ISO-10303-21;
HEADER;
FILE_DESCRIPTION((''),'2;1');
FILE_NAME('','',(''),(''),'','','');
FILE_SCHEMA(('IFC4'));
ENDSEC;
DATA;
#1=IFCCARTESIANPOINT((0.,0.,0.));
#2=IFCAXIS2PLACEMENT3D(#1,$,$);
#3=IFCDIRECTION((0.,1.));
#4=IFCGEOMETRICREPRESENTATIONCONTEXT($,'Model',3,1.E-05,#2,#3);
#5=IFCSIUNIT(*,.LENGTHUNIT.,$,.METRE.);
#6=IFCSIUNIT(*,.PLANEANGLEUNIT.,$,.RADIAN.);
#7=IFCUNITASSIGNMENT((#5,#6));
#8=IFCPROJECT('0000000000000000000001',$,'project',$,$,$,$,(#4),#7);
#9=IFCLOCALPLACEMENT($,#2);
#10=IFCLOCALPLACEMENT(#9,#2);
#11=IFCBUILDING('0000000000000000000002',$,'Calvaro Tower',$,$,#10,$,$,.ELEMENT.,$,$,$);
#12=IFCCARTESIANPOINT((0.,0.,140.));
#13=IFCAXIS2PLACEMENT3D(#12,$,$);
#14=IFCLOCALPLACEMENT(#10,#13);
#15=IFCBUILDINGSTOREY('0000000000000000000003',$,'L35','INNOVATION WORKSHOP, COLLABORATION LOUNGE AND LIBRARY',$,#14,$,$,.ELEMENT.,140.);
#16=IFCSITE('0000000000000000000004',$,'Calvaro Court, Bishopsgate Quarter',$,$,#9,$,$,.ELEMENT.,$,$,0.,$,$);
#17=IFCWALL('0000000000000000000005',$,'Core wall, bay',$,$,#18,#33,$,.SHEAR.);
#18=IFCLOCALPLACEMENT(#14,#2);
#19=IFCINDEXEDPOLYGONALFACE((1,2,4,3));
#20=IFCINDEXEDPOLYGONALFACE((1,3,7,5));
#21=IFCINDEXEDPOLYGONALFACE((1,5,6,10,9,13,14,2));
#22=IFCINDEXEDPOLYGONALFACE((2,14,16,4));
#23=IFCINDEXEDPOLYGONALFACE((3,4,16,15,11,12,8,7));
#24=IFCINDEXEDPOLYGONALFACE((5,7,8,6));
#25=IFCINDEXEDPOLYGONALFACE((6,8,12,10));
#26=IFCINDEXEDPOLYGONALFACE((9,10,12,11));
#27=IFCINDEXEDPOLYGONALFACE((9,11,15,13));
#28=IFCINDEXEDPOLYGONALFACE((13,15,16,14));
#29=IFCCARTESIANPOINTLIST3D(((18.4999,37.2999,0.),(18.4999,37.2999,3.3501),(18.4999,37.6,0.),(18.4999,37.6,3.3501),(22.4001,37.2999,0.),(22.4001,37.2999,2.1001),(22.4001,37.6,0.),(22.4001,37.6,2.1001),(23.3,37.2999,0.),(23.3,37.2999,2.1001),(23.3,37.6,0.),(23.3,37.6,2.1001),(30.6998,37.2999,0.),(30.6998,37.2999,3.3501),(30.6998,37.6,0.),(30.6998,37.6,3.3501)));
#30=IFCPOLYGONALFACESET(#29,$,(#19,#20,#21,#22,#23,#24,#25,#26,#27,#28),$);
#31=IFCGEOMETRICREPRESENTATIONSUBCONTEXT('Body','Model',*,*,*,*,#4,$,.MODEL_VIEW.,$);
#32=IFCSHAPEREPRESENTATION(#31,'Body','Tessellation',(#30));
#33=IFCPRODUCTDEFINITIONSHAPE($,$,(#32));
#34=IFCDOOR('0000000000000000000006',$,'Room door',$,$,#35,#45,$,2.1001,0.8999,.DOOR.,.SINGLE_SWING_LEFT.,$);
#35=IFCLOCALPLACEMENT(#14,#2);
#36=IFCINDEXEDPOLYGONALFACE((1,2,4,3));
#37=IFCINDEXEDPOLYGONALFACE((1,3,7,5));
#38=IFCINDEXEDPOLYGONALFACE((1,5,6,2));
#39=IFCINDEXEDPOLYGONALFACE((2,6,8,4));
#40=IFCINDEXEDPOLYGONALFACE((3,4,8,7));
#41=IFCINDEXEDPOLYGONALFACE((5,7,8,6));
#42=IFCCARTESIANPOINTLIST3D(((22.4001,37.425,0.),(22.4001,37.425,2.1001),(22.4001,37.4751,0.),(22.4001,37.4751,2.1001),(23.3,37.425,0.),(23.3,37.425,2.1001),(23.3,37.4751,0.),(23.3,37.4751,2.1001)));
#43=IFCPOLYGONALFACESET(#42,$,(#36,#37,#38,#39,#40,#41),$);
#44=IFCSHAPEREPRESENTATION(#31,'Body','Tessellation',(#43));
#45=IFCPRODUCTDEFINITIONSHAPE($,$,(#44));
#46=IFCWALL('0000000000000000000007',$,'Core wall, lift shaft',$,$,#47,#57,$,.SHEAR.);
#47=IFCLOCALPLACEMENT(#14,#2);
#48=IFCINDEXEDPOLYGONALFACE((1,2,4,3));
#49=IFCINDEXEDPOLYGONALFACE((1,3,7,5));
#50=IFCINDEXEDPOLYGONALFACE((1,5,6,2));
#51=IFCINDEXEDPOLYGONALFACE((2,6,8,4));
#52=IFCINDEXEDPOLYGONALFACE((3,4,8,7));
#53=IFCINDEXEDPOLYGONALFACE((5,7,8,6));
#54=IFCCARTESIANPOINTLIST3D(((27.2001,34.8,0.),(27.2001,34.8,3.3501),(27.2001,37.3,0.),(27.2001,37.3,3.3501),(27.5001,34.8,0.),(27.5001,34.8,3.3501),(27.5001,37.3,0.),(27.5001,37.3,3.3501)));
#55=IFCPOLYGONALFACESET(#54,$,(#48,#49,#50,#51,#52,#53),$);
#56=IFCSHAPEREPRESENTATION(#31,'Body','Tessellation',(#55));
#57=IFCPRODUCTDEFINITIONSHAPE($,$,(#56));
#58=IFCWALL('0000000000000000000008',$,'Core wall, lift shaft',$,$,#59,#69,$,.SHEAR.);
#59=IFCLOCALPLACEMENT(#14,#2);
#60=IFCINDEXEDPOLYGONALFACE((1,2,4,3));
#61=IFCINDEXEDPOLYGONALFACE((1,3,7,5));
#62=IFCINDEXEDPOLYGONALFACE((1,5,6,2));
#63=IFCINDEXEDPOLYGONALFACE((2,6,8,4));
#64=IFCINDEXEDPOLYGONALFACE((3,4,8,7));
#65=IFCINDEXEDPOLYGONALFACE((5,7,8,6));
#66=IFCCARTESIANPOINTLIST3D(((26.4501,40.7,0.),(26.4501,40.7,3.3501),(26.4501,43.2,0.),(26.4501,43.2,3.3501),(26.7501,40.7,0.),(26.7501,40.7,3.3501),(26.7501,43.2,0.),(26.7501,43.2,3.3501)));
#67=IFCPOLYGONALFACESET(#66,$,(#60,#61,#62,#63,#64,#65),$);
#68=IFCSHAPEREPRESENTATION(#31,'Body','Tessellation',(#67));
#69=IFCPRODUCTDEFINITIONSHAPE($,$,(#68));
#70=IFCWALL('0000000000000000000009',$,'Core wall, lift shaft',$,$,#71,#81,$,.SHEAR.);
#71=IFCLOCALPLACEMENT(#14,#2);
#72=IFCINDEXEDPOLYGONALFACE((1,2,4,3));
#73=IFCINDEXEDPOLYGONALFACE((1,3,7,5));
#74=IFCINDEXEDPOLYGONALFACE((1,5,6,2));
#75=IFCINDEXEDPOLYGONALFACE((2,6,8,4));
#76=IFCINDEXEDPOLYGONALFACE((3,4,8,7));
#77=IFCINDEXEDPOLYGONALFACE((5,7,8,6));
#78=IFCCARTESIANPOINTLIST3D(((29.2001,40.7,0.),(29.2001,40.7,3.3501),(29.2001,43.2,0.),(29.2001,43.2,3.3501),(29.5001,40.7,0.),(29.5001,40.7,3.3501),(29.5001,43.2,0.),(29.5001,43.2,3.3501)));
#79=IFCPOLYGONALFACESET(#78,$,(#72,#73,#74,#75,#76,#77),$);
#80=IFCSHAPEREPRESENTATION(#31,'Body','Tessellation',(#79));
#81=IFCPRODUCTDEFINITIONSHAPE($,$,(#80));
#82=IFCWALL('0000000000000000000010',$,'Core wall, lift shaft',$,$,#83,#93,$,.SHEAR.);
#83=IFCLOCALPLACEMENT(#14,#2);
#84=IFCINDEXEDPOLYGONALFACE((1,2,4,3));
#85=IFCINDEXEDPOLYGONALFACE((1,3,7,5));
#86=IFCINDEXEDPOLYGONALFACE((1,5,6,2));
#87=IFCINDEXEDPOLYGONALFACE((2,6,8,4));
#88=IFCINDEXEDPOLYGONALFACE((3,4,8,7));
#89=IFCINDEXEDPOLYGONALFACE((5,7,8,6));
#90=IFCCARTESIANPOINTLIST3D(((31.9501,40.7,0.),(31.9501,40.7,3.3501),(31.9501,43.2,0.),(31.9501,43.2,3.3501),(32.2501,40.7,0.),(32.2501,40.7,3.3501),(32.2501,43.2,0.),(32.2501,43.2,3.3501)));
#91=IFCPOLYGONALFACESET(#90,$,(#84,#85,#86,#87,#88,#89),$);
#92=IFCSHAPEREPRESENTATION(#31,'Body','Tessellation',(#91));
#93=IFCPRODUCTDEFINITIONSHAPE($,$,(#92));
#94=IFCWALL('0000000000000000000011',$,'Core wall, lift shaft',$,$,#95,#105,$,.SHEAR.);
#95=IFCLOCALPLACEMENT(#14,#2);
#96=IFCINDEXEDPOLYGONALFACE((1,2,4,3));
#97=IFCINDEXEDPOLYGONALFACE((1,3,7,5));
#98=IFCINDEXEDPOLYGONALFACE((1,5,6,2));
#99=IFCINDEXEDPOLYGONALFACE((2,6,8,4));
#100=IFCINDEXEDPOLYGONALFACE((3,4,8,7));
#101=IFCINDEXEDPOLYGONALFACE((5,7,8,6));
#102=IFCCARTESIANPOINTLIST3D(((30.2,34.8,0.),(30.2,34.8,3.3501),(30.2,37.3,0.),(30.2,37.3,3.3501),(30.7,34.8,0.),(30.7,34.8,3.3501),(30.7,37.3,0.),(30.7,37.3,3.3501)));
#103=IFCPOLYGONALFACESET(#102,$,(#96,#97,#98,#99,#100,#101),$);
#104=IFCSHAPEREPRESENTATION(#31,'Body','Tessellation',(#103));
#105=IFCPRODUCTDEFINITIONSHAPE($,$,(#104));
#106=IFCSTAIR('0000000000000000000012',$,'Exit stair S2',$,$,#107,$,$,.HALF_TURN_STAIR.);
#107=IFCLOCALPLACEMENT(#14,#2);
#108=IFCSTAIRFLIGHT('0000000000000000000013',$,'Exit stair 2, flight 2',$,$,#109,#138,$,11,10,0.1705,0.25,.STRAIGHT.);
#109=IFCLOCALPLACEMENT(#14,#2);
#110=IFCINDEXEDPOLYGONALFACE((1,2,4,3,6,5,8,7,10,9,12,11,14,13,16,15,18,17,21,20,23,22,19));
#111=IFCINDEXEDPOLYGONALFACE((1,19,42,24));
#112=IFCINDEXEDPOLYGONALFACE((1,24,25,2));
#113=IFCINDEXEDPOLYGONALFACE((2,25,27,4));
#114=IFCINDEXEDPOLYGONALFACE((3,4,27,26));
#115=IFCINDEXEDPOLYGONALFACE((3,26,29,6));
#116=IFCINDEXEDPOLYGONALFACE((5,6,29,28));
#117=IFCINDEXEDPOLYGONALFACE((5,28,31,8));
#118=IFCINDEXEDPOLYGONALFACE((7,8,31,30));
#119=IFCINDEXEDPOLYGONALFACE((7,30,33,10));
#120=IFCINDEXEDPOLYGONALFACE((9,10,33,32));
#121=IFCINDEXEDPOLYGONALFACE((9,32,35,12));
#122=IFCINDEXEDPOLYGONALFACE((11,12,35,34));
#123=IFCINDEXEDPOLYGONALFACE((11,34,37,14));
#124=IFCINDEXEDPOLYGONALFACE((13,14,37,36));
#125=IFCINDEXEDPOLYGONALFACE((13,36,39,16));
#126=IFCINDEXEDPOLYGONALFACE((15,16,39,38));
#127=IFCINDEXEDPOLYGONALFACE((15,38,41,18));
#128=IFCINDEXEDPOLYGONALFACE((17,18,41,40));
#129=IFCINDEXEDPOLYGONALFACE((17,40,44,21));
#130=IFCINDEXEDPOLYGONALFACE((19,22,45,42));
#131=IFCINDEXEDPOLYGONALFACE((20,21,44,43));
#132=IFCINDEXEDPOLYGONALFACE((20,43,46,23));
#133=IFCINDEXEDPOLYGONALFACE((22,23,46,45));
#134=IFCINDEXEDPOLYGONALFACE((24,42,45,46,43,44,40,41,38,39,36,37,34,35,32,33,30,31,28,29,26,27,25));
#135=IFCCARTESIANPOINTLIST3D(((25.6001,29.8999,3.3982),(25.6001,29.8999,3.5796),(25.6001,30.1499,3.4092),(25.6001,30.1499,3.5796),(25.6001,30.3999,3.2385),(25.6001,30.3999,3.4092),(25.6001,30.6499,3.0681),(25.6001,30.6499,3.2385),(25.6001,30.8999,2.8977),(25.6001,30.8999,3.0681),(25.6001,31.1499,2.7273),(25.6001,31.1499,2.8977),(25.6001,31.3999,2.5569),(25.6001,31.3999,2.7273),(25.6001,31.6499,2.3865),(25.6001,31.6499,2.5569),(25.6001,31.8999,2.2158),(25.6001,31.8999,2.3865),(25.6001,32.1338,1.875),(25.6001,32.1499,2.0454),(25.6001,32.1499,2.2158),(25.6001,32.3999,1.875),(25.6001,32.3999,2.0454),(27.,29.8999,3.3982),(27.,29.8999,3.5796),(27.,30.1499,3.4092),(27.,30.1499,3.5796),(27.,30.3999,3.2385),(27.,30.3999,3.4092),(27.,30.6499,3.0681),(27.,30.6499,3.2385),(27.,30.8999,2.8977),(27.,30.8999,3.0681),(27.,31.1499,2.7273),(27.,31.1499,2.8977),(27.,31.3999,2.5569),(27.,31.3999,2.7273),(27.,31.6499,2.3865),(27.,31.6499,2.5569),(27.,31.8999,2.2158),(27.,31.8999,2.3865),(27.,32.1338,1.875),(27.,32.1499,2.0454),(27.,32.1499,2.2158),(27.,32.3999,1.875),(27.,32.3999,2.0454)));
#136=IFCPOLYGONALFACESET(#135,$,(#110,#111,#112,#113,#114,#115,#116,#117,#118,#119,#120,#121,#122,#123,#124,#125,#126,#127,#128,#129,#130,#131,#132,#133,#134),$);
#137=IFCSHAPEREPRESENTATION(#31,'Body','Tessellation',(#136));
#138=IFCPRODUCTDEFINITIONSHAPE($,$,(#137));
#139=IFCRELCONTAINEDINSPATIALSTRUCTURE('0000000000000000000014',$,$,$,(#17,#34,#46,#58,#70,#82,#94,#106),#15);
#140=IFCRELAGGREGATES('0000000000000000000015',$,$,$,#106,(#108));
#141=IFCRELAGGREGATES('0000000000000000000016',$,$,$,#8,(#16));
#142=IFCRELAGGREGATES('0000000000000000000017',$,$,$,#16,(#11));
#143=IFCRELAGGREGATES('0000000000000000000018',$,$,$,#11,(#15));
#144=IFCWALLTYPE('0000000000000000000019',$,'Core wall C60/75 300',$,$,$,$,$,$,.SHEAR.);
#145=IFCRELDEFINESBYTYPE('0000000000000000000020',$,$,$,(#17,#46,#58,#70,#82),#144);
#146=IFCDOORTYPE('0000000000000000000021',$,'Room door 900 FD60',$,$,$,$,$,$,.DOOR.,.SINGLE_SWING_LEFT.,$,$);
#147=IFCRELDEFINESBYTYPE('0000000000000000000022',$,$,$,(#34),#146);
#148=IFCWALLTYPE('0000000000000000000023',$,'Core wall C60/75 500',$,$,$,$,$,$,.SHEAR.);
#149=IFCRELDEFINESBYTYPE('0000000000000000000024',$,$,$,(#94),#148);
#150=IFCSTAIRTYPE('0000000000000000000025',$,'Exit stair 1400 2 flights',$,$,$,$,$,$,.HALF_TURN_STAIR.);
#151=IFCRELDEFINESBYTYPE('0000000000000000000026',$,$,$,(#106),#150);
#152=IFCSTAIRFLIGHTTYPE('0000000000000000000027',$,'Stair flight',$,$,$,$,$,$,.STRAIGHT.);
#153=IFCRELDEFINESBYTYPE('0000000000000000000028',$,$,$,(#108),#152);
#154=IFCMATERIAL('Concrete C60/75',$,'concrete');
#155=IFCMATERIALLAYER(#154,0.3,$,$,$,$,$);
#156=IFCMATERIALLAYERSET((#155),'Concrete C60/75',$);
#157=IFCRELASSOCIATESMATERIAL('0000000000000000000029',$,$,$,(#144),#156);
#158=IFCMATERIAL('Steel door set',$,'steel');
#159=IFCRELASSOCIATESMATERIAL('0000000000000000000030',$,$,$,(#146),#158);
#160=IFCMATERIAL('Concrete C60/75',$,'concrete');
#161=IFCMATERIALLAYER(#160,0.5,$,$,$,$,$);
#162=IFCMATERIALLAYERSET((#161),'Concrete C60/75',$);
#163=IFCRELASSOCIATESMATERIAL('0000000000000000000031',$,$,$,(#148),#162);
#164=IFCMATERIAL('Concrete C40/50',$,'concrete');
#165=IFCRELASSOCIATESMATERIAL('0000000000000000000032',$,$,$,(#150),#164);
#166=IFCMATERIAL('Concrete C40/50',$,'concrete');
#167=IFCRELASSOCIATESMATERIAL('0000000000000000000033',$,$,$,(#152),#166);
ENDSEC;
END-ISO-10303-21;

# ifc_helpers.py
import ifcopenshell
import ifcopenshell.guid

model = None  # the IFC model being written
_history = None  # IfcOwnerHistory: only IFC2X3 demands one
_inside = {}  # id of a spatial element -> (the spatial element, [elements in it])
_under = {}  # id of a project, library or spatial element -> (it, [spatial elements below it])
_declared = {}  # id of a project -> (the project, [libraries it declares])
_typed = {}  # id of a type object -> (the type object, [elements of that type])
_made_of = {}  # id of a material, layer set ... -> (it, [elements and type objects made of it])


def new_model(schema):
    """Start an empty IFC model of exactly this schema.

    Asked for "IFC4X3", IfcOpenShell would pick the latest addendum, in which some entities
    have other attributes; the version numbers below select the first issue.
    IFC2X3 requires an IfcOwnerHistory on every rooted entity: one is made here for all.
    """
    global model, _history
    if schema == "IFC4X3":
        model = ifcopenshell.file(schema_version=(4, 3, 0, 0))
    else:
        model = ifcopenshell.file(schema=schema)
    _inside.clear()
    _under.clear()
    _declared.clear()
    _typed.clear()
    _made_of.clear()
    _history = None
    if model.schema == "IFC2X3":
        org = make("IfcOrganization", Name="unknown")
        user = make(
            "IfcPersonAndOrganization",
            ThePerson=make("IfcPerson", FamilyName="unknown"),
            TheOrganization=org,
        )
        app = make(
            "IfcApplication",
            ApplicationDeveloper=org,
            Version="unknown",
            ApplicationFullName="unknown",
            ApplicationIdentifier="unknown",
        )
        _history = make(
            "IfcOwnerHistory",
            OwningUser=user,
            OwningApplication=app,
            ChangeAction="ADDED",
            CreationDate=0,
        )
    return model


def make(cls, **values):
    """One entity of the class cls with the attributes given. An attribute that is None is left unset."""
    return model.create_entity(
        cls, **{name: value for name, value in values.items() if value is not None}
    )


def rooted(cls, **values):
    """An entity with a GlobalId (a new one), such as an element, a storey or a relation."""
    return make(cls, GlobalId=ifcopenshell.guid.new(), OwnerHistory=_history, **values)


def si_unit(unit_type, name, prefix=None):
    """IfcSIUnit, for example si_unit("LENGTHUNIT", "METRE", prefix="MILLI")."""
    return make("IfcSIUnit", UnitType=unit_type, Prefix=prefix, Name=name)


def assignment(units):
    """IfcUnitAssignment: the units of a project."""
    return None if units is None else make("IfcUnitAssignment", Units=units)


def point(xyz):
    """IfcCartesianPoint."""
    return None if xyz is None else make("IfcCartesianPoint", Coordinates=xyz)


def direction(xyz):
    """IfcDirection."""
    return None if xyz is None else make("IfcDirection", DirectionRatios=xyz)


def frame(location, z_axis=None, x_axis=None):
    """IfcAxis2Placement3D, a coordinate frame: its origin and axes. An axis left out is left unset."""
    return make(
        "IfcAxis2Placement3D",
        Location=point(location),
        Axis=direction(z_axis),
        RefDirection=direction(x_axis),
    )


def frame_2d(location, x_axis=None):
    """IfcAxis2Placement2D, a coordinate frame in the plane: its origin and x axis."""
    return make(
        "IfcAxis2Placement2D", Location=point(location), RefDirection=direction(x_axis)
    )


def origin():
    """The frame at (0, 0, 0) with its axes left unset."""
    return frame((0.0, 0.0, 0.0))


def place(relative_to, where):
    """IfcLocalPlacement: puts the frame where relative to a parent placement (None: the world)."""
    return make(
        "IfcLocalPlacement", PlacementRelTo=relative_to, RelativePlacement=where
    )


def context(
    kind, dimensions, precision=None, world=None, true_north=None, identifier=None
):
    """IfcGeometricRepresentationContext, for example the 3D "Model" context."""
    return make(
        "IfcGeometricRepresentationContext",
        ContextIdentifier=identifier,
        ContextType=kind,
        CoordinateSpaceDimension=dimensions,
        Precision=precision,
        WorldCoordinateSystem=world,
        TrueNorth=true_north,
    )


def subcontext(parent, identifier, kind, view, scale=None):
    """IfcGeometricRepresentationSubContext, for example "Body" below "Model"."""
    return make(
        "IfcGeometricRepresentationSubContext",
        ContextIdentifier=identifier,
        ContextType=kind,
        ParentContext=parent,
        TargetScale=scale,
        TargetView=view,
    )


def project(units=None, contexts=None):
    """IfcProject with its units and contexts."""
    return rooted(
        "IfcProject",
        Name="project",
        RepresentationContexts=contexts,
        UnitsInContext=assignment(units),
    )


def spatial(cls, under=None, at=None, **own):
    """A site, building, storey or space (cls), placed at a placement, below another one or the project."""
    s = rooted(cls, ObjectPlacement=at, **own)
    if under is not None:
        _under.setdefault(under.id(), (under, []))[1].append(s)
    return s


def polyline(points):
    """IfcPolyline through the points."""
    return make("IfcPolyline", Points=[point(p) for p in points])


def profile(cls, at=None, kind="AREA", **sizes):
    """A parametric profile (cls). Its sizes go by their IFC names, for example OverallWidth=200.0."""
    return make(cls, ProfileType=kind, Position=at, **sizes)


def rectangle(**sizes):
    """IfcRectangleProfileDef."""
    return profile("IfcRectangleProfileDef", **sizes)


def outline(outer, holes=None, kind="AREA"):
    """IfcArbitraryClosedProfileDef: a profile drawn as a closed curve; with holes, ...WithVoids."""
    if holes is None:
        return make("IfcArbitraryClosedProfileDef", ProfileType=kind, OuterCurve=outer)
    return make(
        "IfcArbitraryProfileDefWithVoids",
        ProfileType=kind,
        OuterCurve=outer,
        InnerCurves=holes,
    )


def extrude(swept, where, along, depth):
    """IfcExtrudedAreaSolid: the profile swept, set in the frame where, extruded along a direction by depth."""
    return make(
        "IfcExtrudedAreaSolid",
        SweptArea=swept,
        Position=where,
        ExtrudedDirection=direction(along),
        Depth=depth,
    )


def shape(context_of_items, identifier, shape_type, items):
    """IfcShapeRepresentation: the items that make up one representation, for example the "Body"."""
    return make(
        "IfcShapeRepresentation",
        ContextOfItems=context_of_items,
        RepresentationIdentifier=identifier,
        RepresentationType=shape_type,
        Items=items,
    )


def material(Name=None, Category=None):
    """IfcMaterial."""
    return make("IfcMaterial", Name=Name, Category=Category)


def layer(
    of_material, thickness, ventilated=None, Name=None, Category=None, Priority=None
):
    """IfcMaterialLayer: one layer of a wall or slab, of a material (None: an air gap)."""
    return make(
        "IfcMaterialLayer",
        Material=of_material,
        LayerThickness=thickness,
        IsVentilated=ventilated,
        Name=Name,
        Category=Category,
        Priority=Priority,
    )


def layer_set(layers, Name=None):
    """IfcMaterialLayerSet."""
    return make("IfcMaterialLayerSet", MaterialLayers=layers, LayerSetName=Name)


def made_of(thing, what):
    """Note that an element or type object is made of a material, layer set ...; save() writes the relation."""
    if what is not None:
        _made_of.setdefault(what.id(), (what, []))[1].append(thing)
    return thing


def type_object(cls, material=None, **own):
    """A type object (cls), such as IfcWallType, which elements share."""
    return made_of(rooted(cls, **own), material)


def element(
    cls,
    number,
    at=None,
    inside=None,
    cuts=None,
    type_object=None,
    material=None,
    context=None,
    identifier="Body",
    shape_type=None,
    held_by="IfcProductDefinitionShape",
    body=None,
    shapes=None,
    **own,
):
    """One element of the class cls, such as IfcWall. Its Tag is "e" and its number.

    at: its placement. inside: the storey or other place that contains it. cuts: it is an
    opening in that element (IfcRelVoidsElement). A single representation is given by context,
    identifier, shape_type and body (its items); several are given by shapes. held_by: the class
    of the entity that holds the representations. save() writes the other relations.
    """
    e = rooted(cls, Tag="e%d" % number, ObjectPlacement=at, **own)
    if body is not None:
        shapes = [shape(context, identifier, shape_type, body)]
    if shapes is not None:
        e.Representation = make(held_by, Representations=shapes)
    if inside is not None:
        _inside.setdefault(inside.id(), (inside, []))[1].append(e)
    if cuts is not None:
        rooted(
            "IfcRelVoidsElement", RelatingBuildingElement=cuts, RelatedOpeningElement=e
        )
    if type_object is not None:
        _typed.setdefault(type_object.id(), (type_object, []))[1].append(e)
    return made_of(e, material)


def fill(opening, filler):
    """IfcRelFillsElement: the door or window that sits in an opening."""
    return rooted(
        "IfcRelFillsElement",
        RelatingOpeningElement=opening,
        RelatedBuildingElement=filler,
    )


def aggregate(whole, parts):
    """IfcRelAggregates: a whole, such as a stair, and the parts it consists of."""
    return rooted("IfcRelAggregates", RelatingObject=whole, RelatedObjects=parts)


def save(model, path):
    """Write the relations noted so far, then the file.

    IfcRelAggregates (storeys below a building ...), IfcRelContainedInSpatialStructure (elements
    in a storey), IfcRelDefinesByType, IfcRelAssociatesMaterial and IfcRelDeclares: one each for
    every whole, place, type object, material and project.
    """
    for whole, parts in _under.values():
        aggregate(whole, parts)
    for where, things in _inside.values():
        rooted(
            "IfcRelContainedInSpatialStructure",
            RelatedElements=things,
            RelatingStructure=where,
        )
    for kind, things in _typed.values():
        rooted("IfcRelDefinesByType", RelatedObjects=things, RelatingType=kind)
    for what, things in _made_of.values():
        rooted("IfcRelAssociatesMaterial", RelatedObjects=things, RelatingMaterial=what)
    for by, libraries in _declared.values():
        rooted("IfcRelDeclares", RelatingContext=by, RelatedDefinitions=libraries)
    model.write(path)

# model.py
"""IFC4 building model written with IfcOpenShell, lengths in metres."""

from ifc_helpers import new_model, si_unit, direction, frame, frame_2d, origin, place, context, subcontext, project, spatial, polyline, rectangle, outline, extrude, material, layer, layer_set, type_object, element, fill, aggregate, save


model = new_model("IFC4")

# Units and contexts
model_context = context("Model", 3, precision=1e-05, world=origin(), true_north=direction((0.0, 1.0)))
body_context = subcontext(model_context, "Body", "Model", "MODEL_VIEW")
ifc_project = project(units=[si_unit("LENGTHUNIT", "METRE"), si_unit("PLANEANGLEUNIT", "RADIAN")], contexts=[model_context])

# Site, building, storey
site_placement = place(None, origin())
site = spatial("IfcSite", under=ifc_project, at=site_placement, Name="Calvaro Court, Bishopsgate Quarter", CompositionType="ELEMENT", RefElevation=0.0)
building_placement = place(site_placement, origin())
building = spatial("IfcBuilding", under=site, at=building_placement, Name="Calvaro Tower", CompositionType="ELEMENT")
storey_placement = place(building_placement, frame((0.0, 0.0, 140.0)))
storey = spatial("IfcBuildingStorey", under=building, at=storey_placement, Name="L35", Description="INNOVATION WORKSHOP, COLLABORATION LOUNGE AND LIBRARY", CompositionType="ELEMENT", Elevation=140.0)

# Wall, opening, door
ifc_material_1 = material(Name="Concrete C60/75", Category="concrete")
ifc_layer_1 = layer(ifc_material_1, 0.3)
ifc_layer_set_1 = layer_set([ifc_layer_1], Name="Concrete C60/75")
wall_type_1 = type_object("IfcWallType", Name="Core wall C60/75 300", PredefinedType="SHEAR", material=ifc_layer_set_1)
wall_1_placement = place(storey_placement, frame((30.7, 37.45, 0.0), z_axis=(0.0, 0.0, 1.0), x_axis=(-1.0, 0.0, 0.0)))
wall_1 = element("IfcWall", 1, at=wall_1_placement, inside=storey, type_object=wall_type_1, Name="Core wall, bay", PredefinedType="SHEAR", context=body_context, shape_type="SweptSolid", body=[
    extrude(rectangle(XDim=12.2, YDim=0.3, at=frame_2d((6.1001, 0.0))), origin(), (0.0, 0.0, 1.0), 3.3501),
])
opening_placement = place(wall_1_placement, frame((7.3999, 0.0, 0.0)))
opening = element("IfcOpeningElement", 2, at=opening_placement, cuts=wall_1, PredefinedType="OPENING", context=body_context, shape_type="SweptSolid", body=[
    extrude(rectangle(XDim=0.8999, YDim=2.1001, at=frame_2d((0.45, 1.05))), frame((0.0, 0.1599, 0.0), z_axis=(0.0, -1.0, 0.0), x_axis=(1.0, 0.0, 0.0)), (0.0, 0.0, 1.0), 0.3201),
])
ifc_material_2 = material(Name="Steel door set", Category="steel")
door_type = type_object("IfcDoorType", Name="Room door 900 FD60", OperationType="SINGLE_SWING_LEFT", PredefinedType="DOOR", material=ifc_material_2)
door_placement = place(opening_placement, origin())
door = element("IfcDoor", 3, at=door_placement, inside=storey, type_object=door_type, Name="Room door", OperationType="SINGLE_SWING_LEFT", OverallHeight=2.1001, OverallWidth=0.8999, PredefinedType="DOOR", context=body_context, shape_type="SweptSolid", body=[
    extrude(rectangle(XDim=0.8999, YDim=2.1001, at=frame_2d((0.45, 1.05))), frame((0.0, 0.0249, 0.0), z_axis=(0.0, -1.0, 0.0), x_axis=(1.0, 0.0, 0.0)), (0.0, 0.0, 1.0), 0.05),
])
fill(opening, door)

# Walls
for number, where, z_axis, x_axis, name in (
    (4, (27.3501, 34.8, 0.0), (0.0, 0.0, 1.0), (0.0, 1.0, 0.0), "Core wall, lift shaft"),
    (5, (26.6001, 40.7, 0.0), (0.0, 0.0, 1.0), (0.0, 1.0, 0.0), "Core wall, lift shaft"),
    (6, (29.3501, 40.7, 0.0), (0.0, 0.0, 1.0), (0.0, 1.0, 0.0), "Core wall, lift shaft"),
    (7, (32.1001, 40.7, 0.0), (0.0, 0.0, 1.0), (0.0, 1.0, 0.0), "Core wall, lift shaft"),
):
    element("IfcWall", number, at=place(storey_placement, frame(where, z_axis=z_axis, x_axis=x_axis)), inside=storey, type_object=wall_type_1, Name=name, PredefinedType="SHEAR", context=body_context, shape_type="SweptSolid", body=[
        extrude(rectangle(XDim=2.5, YDim=0.3, at=frame_2d((1.25, 0.0))), origin(), (0.0, 0.0, 1.0), 3.3501),
    ])
ifc_material_3 = material(Name="Concrete C60/75", Category="concrete")
ifc_layer_2 = layer(ifc_material_3, 0.5)
ifc_layer_set_2 = layer_set([ifc_layer_2], Name="Concrete C60/75")
wall_type_2 = type_object("IfcWallType", Name="Core wall C60/75 500", PredefinedType="SHEAR", material=ifc_layer_set_2)
wall_2_placement = place(storey_placement, frame((30.45, 34.8, 0.0), z_axis=(0.0, 0.0, 1.0), x_axis=(0.0, 1.0, 0.0)))
element("IfcWall", 8, at=wall_2_placement, inside=storey, type_object=wall_type_2, Name="Core wall, lift shaft", PredefinedType="SHEAR", context=body_context, shape_type="SweptSolid", body=[
    extrude(rectangle(XDim=2.5, YDim=0.5, at=frame_2d((1.25, 0.0))), origin(), (0.0, 0.0, 1.0), 3.3501),
])

# Stair, stair flight
ifc_material_4 = material(Name="Concrete C40/50", Category="concrete")
stair_type = type_object("IfcStairType", Name="Exit stair 1400 2 flights", PredefinedType="HALF_TURN_STAIR", material=ifc_material_4)
stair_placement = place(storey_placement, origin())
stair = element("IfcStair", 9, at=stair_placement, inside=storey, type_object=stair_type, Name="Exit stair S2", PredefinedType="HALF_TURN_STAIR")
ifc_material_5 = material(Name="Concrete C40/50", Category="concrete")
stair_flight_type = type_object("IfcStairFlightType", Name="Stair flight", PredefinedType="STRAIGHT", material=ifc_material_5)
stair_flight_placement = place(storey_placement, frame((26.3, 32.3999, 1.875), z_axis=(0.0, 0.0, 1.0), x_axis=(0.0, -1.0, 0.0)))
stair_flight = element("IfcStairFlight", 10, at=stair_flight_placement, type_object=stair_flight_type, Name="Exit stair 2, flight 2", NumberOfRisers=11, NumberOfTreads=10, PredefinedType="STRAIGHT", RiserHeight=0.1705, TreadLength=0.25, context=body_context, shape_type="SweptSolid", body=[
    extrude(outline(polyline([(0.0, 0.0), (0.0, 0.1704), (0.25, 0.1704), (0.25, 0.3408), (0.5, 0.3408), (0.5, 0.5115), (0.75, 0.5115), (0.75, 0.6819), (1.0, 0.6819), (1.0, 0.8523), (1.25, 0.8523), (1.25, 1.0227), (1.5, 1.0227), (1.5, 1.1931), (1.75, 1.1931), (1.75, 1.3635), (2.0, 1.3635), (2.0, 1.5342), (2.25, 1.5342), (2.25, 1.7046), (2.5, 1.7046), (2.5, 1.875), (2.5, 1.5232), (0.2661, 0.0), (0.0, 0.0)])), frame((0.0, 0.7, 0.0), z_axis=(0.0, -1.0, 0.0), x_axis=(1.0, 0.0, 0.0)), (0.0, 0.0, 1.0), 1.3999),
])
aggregate(stair, [stair_flight])

save(model, "model.ifc")
